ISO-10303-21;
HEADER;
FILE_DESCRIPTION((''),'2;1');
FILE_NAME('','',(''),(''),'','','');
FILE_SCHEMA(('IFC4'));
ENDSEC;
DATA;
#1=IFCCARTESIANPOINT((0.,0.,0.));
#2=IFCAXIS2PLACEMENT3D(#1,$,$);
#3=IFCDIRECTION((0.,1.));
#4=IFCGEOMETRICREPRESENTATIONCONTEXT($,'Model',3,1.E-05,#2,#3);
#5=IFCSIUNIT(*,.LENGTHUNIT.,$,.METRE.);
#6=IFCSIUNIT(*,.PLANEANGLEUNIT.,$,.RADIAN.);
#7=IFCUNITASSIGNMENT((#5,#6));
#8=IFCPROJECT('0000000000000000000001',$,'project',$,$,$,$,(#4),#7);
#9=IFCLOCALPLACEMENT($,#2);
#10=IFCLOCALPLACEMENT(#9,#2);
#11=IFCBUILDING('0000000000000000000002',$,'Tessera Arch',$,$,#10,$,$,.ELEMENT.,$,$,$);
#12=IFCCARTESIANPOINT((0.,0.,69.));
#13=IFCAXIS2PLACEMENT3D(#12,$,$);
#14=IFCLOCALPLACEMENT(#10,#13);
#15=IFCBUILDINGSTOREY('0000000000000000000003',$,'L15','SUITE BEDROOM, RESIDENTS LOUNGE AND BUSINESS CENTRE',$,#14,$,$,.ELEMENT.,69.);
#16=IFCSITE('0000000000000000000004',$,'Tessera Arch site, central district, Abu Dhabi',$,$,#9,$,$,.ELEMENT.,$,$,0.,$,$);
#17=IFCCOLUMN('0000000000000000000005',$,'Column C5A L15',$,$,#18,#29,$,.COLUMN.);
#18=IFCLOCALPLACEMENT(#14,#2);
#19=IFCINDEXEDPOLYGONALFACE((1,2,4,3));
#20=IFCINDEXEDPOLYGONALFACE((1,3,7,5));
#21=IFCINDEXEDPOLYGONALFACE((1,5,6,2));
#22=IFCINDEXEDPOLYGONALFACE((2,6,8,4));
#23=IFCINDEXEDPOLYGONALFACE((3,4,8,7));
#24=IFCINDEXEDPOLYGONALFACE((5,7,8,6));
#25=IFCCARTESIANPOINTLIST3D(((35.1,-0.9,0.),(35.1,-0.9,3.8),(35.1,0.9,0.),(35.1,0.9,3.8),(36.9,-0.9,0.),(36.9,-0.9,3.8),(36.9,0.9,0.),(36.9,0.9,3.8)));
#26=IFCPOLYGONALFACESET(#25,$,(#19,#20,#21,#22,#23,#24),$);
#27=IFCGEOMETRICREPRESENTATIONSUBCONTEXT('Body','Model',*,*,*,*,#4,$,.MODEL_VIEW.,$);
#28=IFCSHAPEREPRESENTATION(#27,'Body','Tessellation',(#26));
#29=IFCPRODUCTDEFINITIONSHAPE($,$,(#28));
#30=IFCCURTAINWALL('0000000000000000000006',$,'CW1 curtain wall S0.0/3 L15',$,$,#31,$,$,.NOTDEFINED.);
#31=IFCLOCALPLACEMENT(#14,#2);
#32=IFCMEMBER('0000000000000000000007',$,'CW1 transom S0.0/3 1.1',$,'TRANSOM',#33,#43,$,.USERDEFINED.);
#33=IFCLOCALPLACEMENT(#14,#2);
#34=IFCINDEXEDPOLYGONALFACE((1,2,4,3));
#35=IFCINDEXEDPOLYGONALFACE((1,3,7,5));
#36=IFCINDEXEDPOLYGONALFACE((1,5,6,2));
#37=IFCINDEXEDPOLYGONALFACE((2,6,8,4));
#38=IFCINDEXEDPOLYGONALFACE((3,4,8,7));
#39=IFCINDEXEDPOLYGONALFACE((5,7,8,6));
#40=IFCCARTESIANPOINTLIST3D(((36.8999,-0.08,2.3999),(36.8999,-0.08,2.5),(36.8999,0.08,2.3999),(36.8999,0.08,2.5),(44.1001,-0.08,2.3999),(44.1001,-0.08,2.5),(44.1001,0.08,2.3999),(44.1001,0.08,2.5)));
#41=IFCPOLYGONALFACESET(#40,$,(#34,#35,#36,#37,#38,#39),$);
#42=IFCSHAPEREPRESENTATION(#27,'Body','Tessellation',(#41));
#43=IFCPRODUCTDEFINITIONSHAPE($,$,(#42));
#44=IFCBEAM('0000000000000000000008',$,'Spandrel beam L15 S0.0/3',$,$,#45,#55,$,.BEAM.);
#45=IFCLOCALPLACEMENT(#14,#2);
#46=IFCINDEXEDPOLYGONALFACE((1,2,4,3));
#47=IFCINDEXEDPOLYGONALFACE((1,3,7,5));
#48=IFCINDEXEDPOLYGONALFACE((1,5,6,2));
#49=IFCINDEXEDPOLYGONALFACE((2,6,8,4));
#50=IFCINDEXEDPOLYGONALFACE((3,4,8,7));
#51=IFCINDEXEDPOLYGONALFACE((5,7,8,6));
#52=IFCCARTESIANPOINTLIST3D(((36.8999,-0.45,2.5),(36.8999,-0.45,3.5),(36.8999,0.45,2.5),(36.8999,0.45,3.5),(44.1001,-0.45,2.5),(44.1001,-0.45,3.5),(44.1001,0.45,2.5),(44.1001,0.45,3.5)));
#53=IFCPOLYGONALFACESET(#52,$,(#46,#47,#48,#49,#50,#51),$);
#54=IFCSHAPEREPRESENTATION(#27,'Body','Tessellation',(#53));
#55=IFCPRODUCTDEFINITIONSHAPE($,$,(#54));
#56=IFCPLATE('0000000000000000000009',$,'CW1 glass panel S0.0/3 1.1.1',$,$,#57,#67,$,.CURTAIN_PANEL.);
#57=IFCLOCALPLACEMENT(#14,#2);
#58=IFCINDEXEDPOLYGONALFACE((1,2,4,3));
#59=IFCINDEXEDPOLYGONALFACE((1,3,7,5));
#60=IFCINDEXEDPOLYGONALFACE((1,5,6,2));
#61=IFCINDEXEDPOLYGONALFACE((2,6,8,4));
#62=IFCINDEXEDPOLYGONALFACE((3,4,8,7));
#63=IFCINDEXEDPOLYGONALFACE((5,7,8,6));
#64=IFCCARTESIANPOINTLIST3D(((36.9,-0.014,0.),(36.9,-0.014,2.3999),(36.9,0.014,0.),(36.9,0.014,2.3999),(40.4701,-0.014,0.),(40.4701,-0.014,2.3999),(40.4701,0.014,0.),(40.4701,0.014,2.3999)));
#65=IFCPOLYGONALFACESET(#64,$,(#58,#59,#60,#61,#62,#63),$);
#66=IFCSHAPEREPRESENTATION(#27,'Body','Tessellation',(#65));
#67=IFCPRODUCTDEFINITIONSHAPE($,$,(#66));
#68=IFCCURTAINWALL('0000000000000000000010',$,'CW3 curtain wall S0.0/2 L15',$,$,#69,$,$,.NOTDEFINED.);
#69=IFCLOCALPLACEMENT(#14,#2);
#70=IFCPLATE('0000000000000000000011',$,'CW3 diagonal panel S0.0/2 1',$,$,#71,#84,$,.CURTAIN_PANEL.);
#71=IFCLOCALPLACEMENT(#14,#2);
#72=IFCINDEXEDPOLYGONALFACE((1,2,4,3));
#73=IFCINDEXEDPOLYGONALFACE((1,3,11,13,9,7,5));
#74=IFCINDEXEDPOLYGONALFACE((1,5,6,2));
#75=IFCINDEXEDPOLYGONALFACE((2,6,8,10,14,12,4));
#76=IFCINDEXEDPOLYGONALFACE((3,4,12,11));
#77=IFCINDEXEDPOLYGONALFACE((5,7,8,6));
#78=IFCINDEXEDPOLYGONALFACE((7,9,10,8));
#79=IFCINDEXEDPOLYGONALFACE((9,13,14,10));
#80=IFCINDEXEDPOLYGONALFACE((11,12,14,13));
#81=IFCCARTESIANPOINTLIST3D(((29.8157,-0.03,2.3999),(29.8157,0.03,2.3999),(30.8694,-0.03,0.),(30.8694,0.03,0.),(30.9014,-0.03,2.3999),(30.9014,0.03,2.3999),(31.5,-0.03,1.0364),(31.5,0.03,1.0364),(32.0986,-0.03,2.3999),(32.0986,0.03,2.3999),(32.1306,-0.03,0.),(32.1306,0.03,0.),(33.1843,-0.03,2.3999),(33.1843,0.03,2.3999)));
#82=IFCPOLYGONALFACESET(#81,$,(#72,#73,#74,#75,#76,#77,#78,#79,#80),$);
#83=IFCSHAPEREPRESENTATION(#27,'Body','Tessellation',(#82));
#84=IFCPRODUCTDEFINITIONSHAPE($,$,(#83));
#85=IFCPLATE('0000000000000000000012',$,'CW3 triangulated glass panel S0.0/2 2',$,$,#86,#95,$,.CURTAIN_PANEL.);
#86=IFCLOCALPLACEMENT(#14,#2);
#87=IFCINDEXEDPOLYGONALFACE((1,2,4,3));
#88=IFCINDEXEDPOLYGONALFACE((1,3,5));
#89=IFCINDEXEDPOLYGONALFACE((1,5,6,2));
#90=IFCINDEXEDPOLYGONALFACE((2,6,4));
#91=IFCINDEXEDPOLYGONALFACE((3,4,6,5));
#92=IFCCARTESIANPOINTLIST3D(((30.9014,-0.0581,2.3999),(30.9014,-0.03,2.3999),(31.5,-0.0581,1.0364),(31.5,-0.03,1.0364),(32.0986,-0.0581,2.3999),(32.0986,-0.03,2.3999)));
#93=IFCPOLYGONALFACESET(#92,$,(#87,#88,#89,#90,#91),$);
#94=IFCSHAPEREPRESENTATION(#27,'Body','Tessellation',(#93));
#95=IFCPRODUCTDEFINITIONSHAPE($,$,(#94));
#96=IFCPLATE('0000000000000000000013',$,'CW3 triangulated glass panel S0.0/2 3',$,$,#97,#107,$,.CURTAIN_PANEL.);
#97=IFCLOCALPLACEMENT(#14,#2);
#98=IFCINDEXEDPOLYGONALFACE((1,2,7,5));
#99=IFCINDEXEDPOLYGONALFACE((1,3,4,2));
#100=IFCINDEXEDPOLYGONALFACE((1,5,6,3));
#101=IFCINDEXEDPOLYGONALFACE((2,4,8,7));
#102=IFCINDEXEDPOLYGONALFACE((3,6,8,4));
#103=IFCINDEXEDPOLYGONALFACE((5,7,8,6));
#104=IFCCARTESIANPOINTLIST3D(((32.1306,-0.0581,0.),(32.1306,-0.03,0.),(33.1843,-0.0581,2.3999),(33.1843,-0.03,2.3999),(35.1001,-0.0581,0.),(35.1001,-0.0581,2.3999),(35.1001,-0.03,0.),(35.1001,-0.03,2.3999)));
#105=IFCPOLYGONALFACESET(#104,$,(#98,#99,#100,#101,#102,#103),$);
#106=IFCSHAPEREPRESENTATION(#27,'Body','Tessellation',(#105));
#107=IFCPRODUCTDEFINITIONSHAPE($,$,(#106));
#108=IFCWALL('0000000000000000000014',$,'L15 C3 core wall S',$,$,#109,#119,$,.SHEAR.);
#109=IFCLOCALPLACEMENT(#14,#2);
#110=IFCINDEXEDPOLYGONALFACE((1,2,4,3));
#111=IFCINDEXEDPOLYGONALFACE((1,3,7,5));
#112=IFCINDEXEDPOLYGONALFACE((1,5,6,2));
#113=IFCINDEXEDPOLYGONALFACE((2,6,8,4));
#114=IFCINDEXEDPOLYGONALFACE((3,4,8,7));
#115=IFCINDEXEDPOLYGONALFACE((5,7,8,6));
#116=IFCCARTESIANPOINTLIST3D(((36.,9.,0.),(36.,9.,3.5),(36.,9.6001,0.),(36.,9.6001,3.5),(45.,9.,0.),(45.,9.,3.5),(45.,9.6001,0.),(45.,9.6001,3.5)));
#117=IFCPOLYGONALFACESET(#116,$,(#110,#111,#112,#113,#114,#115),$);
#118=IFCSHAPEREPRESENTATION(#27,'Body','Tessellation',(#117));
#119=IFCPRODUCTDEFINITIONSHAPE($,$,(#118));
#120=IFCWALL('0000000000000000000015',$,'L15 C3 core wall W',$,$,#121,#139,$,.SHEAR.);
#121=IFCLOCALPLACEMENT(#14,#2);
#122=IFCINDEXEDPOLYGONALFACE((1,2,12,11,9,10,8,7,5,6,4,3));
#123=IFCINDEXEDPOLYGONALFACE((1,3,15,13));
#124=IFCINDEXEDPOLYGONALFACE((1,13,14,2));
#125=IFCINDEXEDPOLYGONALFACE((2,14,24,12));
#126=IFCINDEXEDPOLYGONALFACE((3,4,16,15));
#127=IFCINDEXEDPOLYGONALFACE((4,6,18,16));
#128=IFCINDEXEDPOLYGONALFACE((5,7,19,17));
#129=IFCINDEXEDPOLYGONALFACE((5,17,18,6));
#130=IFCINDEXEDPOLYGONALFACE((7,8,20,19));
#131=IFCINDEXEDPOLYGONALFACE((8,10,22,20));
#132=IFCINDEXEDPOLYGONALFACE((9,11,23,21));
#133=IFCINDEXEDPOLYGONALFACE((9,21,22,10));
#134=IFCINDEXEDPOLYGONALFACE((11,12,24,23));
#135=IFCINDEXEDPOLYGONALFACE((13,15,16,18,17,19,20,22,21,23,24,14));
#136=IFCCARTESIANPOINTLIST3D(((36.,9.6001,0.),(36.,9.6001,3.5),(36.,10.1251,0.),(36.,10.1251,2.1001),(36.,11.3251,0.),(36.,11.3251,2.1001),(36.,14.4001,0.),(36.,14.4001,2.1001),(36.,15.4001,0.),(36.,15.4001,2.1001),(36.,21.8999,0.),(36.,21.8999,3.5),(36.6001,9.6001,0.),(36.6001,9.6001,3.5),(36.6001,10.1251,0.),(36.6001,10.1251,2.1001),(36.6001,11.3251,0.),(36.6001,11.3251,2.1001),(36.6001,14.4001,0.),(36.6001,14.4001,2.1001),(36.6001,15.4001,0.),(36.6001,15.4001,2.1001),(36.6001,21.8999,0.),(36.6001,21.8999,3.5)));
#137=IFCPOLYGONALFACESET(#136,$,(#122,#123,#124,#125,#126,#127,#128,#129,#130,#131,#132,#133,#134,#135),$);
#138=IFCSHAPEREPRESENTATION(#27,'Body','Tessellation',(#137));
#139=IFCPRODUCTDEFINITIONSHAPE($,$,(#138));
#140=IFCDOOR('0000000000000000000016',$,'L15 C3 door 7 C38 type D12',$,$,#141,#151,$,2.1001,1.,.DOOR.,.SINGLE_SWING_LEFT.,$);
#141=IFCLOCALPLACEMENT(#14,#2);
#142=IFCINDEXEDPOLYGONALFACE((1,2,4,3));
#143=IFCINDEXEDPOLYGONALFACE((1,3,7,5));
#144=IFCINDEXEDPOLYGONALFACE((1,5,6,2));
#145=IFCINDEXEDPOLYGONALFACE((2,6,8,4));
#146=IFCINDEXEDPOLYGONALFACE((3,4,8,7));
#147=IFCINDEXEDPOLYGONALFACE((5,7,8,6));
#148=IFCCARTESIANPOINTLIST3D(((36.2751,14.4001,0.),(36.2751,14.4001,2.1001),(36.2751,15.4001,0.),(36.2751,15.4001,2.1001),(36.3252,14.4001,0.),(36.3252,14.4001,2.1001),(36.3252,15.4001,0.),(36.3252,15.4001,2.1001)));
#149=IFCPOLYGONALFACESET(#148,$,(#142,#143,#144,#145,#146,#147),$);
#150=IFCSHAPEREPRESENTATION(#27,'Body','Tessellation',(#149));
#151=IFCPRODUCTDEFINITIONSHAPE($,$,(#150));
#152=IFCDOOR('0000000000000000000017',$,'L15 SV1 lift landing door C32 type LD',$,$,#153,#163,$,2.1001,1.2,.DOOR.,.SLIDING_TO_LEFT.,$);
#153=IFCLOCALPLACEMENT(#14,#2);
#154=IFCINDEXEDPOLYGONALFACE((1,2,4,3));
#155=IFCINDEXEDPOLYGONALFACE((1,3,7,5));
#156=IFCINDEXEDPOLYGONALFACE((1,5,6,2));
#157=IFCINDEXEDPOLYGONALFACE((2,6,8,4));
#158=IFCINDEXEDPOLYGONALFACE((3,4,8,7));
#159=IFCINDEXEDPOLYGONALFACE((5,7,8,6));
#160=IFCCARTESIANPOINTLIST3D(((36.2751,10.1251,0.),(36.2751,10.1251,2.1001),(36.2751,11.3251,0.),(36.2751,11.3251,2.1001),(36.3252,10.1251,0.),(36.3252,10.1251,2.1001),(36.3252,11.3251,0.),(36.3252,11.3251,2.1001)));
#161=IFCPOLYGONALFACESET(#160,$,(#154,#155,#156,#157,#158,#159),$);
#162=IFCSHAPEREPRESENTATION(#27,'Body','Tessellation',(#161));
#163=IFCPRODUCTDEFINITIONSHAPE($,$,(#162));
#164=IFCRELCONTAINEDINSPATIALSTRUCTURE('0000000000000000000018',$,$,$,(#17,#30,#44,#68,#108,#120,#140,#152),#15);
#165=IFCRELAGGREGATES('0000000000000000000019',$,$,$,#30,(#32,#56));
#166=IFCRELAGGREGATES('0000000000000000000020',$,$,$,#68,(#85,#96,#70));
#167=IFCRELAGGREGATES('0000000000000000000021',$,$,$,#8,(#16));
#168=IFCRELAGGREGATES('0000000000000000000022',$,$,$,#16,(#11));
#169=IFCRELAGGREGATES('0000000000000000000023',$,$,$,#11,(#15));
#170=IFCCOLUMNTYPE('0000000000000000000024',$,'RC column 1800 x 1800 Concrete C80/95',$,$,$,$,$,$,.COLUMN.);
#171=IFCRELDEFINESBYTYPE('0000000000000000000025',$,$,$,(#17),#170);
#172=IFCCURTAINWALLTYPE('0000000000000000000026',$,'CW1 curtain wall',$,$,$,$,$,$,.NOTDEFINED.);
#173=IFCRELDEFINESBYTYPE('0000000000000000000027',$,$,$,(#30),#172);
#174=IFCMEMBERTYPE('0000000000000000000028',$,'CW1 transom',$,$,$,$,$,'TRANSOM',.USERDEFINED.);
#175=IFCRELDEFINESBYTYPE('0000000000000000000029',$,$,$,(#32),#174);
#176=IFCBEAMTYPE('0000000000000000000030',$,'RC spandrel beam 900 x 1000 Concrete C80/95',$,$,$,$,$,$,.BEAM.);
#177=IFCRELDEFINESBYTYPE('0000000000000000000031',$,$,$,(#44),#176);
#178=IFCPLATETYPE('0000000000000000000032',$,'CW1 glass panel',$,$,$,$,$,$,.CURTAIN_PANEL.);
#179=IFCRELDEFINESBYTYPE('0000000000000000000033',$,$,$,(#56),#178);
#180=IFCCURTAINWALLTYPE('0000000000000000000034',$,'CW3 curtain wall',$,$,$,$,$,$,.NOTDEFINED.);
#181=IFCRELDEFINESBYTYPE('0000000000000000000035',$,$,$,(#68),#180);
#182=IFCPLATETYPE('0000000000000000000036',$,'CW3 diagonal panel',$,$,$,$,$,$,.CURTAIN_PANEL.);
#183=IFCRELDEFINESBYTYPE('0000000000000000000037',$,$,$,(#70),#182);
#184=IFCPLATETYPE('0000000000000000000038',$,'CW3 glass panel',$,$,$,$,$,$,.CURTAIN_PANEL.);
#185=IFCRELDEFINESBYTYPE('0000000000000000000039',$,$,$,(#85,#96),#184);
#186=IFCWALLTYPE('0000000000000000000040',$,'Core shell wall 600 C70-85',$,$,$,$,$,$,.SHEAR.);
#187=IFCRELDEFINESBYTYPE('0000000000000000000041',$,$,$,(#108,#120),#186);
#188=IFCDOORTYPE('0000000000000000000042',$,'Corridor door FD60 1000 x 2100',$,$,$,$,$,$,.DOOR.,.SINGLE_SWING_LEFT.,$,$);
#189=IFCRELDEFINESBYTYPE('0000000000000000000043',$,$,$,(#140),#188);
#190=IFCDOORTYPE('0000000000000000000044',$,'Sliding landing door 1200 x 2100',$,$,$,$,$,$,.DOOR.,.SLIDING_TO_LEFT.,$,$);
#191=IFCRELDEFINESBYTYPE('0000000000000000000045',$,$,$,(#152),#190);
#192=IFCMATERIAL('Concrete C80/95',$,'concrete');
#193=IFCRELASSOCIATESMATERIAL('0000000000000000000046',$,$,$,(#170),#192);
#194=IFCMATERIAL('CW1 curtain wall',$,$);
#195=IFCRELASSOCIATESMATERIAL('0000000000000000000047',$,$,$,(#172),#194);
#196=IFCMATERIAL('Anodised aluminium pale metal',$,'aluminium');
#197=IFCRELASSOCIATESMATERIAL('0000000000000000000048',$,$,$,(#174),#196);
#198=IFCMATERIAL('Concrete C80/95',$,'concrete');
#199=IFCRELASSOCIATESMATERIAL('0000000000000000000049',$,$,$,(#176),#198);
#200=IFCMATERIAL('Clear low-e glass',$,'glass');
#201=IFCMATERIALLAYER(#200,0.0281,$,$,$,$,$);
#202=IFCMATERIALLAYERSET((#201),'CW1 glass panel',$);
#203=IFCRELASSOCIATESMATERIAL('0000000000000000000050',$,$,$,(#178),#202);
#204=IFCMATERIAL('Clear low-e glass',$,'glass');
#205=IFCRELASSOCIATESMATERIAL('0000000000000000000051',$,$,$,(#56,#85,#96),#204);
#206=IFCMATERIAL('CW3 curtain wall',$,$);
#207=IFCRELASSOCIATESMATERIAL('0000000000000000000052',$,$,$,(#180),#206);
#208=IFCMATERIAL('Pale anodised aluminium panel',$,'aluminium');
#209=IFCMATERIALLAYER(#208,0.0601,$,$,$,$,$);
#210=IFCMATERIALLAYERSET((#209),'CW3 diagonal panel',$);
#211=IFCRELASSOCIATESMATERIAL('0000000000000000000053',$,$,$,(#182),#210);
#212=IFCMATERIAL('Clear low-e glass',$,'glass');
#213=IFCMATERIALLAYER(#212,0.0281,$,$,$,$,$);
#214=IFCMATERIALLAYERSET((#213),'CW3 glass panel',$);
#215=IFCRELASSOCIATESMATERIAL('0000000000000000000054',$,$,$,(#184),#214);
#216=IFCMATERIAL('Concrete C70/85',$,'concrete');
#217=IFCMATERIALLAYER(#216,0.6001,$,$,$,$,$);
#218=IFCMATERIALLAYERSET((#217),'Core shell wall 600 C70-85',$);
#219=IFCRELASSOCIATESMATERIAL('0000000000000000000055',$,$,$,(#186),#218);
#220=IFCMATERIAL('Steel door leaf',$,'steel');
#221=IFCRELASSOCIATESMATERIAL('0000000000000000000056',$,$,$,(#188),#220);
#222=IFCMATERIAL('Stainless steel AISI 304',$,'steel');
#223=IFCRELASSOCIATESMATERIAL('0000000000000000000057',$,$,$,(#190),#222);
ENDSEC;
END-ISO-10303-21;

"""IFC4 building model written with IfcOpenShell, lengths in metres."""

from ifc_helpers import new_model, si_unit, direction, frame, frame_2d, origin, origin_2d, place, context, subcontext, project, spatial, polyline, rectangle, outline, extrude, material, layer, layer_set, material_profile, profile_set, type_object, element, fill, aggregate, save


model = new_model("IFC4")

# Units and contexts
model_context = context("Model", 3, precision=1e-05, world=origin(), true_north=direction((0.0, 1.0)))
body_context = subcontext(model_context, "Body", "Model", "MODEL_VIEW")
ifc_project = project(units=[si_unit("LENGTHUNIT", "METRE"), si_unit("PLANEANGLEUNIT", "RADIAN")], contexts=[model_context])

# Site, building, storey
site_placement = place(None, origin())
site = spatial("IfcSite", under=ifc_project, at=site_placement, Name="Tessera Arch site, central district, Abu Dhabi", CompositionType="ELEMENT", RefElevation=0.0)
building_placement = place(site_placement, origin())
building = spatial("IfcBuilding", under=site, at=building_placement, Name="Tessera Arch", CompositionType="ELEMENT")
storey_placement = place(building_placement, frame((0.0, 0.0, 69.0)))
storey = spatial("IfcBuildingStorey", under=building, at=storey_placement, Name="L15", Description="SUITE BEDROOM, RESIDENTS LOUNGE AND BUSINESS CENTRE", CompositionType="ELEMENT", Elevation=69.0)

# Column
ifc_material_1 = material(Name="Concrete C80/95", Category="concrete")
ifc_material_profile_1 = material_profile(ifc_material_1, rectangle(XDim=1.8, YDim=1.8, at=origin_2d()), Name="RC column 1800 x 1800 Concrete C80/95")
ifc_profile_set_1 = profile_set([ifc_material_profile_1], Name="Concrete C80/95")
column_type = type_object("IfcColumnType", Name="RC column 1800 x 1800 Concrete C80/95", PredefinedType="COLUMN", material=ifc_profile_set_1)
column_placement = place(storey_placement, frame((36.0, 0.0, 0.0), z_axis=(0.0, 0.0, 1.0), x_axis=(1.0, 0.0, 0.0)))
element("IfcColumn", 1, at=column_placement, inside=storey, type_object=column_type, Name="Column C5A L15", PredefinedType="COLUMN", context=body_context, shape_type="SweptSolid", body=[
    extrude(rectangle(XDim=1.8, YDim=1.8, at=origin_2d()), origin(), (0.0, 0.0, 1.0), 3.8),
])

# Curtain wall, member
ifc_material_2 = material(Name="CW1 curtain wall")
curtain_wall_type_1 = type_object("IfcCurtainWallType", Name="CW1 curtain wall", PredefinedType="NOTDEFINED", material=ifc_material_2)
curtain_wall_1_placement = place(storey_placement, origin())
curtain_wall_1 = element("IfcCurtainWall", 2, at=curtain_wall_1_placement, inside=storey, type_object=curtain_wall_type_1, Name="CW1 curtain wall S0.0/3 L15", PredefinedType="NOTDEFINED")
ifc_material_3 = material(Name="Anodised aluminium pale metal", Category="aluminium")
ifc_material_profile_2 = material_profile(ifc_material_3, rectangle(XDim=0.1599, YDim=0.1001, at=origin_2d()), Name="AL 160x100")
ifc_profile_set_2 = profile_set([ifc_material_profile_2], Name="Anodised aluminium pale metal")
member_type = type_object("IfcMemberType", Name="CW1 transom", ElementType="TRANSOM", PredefinedType="USERDEFINED", material=ifc_profile_set_2)
member_placement = place(storey_placement, frame((36.8999, 0.0, 2.45), z_axis=(1.0, 0.0, 0.0), x_axis=(0.0, 1.0, 0.0)))
member = element("IfcMember", 3, at=member_placement, type_object=member_type, Name="CW1 transom S0.0/3 1.1", ObjectType="TRANSOM", PredefinedType="USERDEFINED", context=body_context, shape_type="SweptSolid", body=[
    extrude(rectangle(XDim=0.1599, YDim=0.1001, at=origin_2d()), origin(), (0.0, 0.0, 1.0), 7.2002),
])

# Beam
ifc_material_4 = material(Name="Concrete C80/95", Category="concrete")
ifc_material_profile_3 = material_profile(ifc_material_4, rectangle(XDim=0.8999, YDim=1.0, at=origin_2d()), Name="RC spandrel beam 900 x 1000 Concrete C80/95")
ifc_profile_set_3 = profile_set([ifc_material_profile_3], Name="Concrete C80/95")
beam_type = type_object("IfcBeamType", Name="RC spandrel beam 900 x 1000 Concrete C80/95", PredefinedType="BEAM", material=ifc_profile_set_3)
beam_placement = place(storey_placement, frame((36.8999, 0.0, 3.0), z_axis=(1.0, 0.0, 0.0), x_axis=(0.0, 1.0, 0.0)))
element("IfcBeam", 4, at=beam_placement, inside=storey, type_object=beam_type, Name="Spandrel beam L15 S0.0/3", PredefinedType="BEAM", context=body_context, shape_type="SweptSolid", body=[
    extrude(rectangle(XDim=0.8999, YDim=1.0, at=origin_2d()), origin(), (0.0, 0.0, 1.0), 7.2002),
])

# Plate
ifc_material_5 = material(Name="Clear low-e glass", Category="glass")
ifc_material_6 = material(Name="Clear low-e glass", Category="glass")
ifc_layer_1 = layer(ifc_material_6, 0.0281)
ifc_layer_set_1 = layer_set([ifc_layer_1], Name="CW1 glass panel")
plate_type_1 = type_object("IfcPlateType", Name="CW1 glass panel", PredefinedType="CURTAIN_PANEL", material=ifc_layer_set_1)
plate_1_placement = place(storey_placement, frame((38.6851, 0.0, 0.0), z_axis=(0.0, 0.0, 1.0), x_axis=(1.0, 0.0, 0.0)))
plate_1 = element("IfcPlate", 5, at=plate_1_placement, type_object=plate_type_1, material=ifc_material_5, Name="CW1 glass panel S0.0/3 1.1.1", PredefinedType="CURTAIN_PANEL", context=body_context, shape_type="SweptSolid", body=[
    extrude(rectangle(XDim=3.5701, YDim=0.0281, at=origin_2d()), origin(), (0.0, 0.0, 1.0), 2.3999),
])
aggregate(curtain_wall_1, [member, plate_1])

# Curtain wall, plates
ifc_material_7 = material(Name="CW3 curtain wall")
curtain_wall_type_2 = type_object("IfcCurtainWallType", Name="CW3 curtain wall", PredefinedType="NOTDEFINED", material=ifc_material_7)
curtain_wall_2_placement = place(storey_placement, origin())
curtain_wall_2 = element("IfcCurtainWall", 6, at=curtain_wall_2_placement, inside=storey, type_object=curtain_wall_type_2, Name="CW3 curtain wall S0.0/2 L15", PredefinedType="NOTDEFINED")
ifc_material_8 = material(Name="Pale anodised aluminium panel", Category="aluminium")
ifc_layer_2 = layer(ifc_material_8, 0.0601)
ifc_layer_set_2 = layer_set([ifc_layer_2], Name="CW3 diagonal panel")
plate_type_2 = type_object("IfcPlateType", Name="CW3 diagonal panel", PredefinedType="CURTAIN_PANEL", material=ifc_layer_set_2)
plate_2_placement = place(storey_placement, frame((33.1843, -0.03, 2.3999), z_axis=(0.0, -1.0, 0.0), x_axis=(-1.0, 0.0, 0.0)))
plate_2 = element("IfcPlate", 7, at=plate_2_placement, type_object=plate_type_2, Name="CW3 diagonal panel S0.0/2 1", PredefinedType="CURTAIN_PANEL", context=body_context, shape_type="SweptSolid", body=[
    extrude(outline(polyline([(0.0, 0.0), (1.0857, 0.0), (1.6843, 1.3635), (2.283, 0.0), (3.3687, 0.0), (2.3149, 2.3999), (1.0537, 2.3999), (0.0, 0.0)])), origin(), (0.0, 0.0, -1.0), 0.0601),
])
ifc_material_9 = material(Name="Clear low-e glass", Category="glass")
ifc_layer_3 = layer(ifc_material_9, 0.0281)
ifc_layer_set_3 = layer_set([ifc_layer_3], Name="CW3 glass panel")
plate_type_3 = type_object("IfcPlateType", Name="CW3 glass panel", PredefinedType="CURTAIN_PANEL", material=ifc_layer_set_3)
plate_3_placement = place(storey_placement, frame((32.0986, -0.0581, 2.3999), z_axis=(0.0, -1.0, 0.0), x_axis=(-1.0, 0.0, 0.0)))
plate_3 = element("IfcPlate", 8, at=plate_3_placement, type_object=plate_type_3, material=ifc_material_5, Name="CW3 triangulated glass panel S0.0/2 2", PredefinedType="CURTAIN_PANEL", context=body_context, shape_type="SweptSolid", body=[
    extrude(outline(polyline([(0.0, 0.0), (1.1973, 0.0), (0.5986, 1.3635), (0.0, 0.0)])), origin(), (0.0, 0.0, -1.0), 0.0281),
])
plate_4_placement = place(storey_placement, frame((35.1001, -0.0581, 2.3999), z_axis=(0.0, -1.0, 0.0), x_axis=(-1.0, 0.0, 0.0)))
plate_4 = element("IfcPlate", 9, at=plate_4_placement, type_object=plate_type_3, material=ifc_material_5, Name="CW3 triangulated glass panel S0.0/2 3", PredefinedType="CURTAIN_PANEL", context=body_context, shape_type="SweptSolid", body=[
    extrude(outline(polyline([(0.0, 0.0), (1.9158, 0.0), (2.9695, 2.3999), (0.0, 2.3999), (0.0, 0.0)])), origin(), (0.0, 0.0, -1.0), 0.0281),
])
aggregate(curtain_wall_2, [plate_3, plate_4, plate_2])

# Wall
ifc_material_10 = material(Name="Concrete C70/85", Category="concrete")
ifc_layer_4 = layer(ifc_material_10, 0.6001)
ifc_layer_set_4 = layer_set([ifc_layer_4], Name="Core shell wall 600 C70-85")
wall_type_1 = type_object("IfcWallType", Name="Core shell wall 600 C70-85", PredefinedType="SHEAR", material=ifc_layer_set_4)
wall_1_placement = place(storey_placement, frame((36.0, 9.3, 0.0), z_axis=(0.0, 0.0, 1.0), x_axis=(1.0, 0.0, 0.0)))
element("IfcWall", 10, at=wall_1_placement, inside=storey, type_object=wall_type_1, Name="L15 C3 core wall S", PredefinedType="SHEAR", context=body_context, shape_type="SweptSolid", body=[
    extrude(rectangle(XDim=9.0, YDim=0.6001, at=frame_2d((4.5, 0.0))), origin(), (0.0, 0.0, 1.0), 3.5),
])

# Wall, openings, doors
wall_2_placement = place(storey_placement, frame((36.3, 9.6001, 0.0), z_axis=(0.0, 0.0, 1.0), x_axis=(0.0, 1.0, 0.0)))
wall_2 = element("IfcWall", 11, at=wall_2_placement, inside=storey, type_object=wall_type_1, Name="L15 C3 core wall W", PredefinedType="SHEAR", context=body_context, shape_type="SweptSolid", body=[
    extrude(rectangle(XDim=12.2998, YDim=0.6001, at=frame_2d((6.1499, 0.0))), origin(), (0.0, 0.0, 1.0), 3.5),
])
opening_1_placement = place(wall_2_placement, frame((0.5249, 0.0, 0.0)))
opening_1 = element("IfcOpeningElement", 12, at=opening_1_placement, cuts=wall_2, PredefinedType="OPENING", context=body_context, shape_type="SweptSolid", body=[
    extrude(rectangle(XDim=1.2, YDim=2.1001, at=frame_2d((0.6001, 1.05))), frame((0.0, 0.3101, 0.0), z_axis=(0.0, -1.0, 0.0), x_axis=(1.0, 0.0, 0.0)), (0.0, 0.0, 1.0), 0.6201),
])
opening_2_placement = place(wall_2_placement, frame((4.8, 0.0, 0.0)))
opening_2 = element("IfcOpeningElement", 13, at=opening_2_placement, cuts=wall_2, PredefinedType="OPENING", context=body_context, shape_type="SweptSolid", body=[
    extrude(rectangle(XDim=1.0, YDim=2.1001, at=frame_2d((0.5, 1.05))), frame((0.0, 0.3101, 0.0), z_axis=(0.0, -1.0, 0.0), x_axis=(1.0, 0.0, 0.0)), (0.0, 0.0, 1.0), 0.6201),
])
ifc_material_11 = material(Name="Steel door leaf", Category="steel")
door_type_1 = type_object("IfcDoorType", Name="Corridor door FD60 1000 x 2100", OperationType="SINGLE_SWING_LEFT", PredefinedType="DOOR", material=ifc_material_11)
door_1_placement = place(opening_2_placement, origin())
door_1 = element("IfcDoor", 14, at=door_1_placement, inside=storey, type_object=door_type_1, Name="L15 C3 door 7 C38 type D12", OperationType="SINGLE_SWING_LEFT", OverallHeight=2.1001, OverallWidth=1.0, PredefinedType="DOOR", context=body_context, shape_type="SweptSolid", body=[
    extrude(rectangle(XDim=1.0, YDim=2.1001, at=frame_2d((0.5, 1.05))), frame((0.0, 0.0249, 0.0), z_axis=(0.0, -1.0, 0.0), x_axis=(1.0, 0.0, 0.0)), (0.0, 0.0, 1.0), 0.05),
])
fill(opening_2, door_1)
ifc_material_12 = material(Name="Stainless steel AISI 304", Category="steel")
door_type_2 = type_object("IfcDoorType", Name="Sliding landing door 1200 x 2100", OperationType="SLIDING_TO_LEFT", PredefinedType="DOOR", material=ifc_material_12)
door_2_placement = place(opening_1_placement, origin())
door_2 = element("IfcDoor", 15, at=door_2_placement, inside=storey, type_object=door_type_2, Name="L15 SV1 lift landing door C32 type LD", OperationType="SLIDING_TO_LEFT", OverallHeight=2.1001, OverallWidth=1.2, PredefinedType="DOOR", context=body_context, shape_type="SweptSolid", body=[
    extrude(rectangle(XDim=1.2, YDim=2.1001, at=frame_2d((0.6001, 1.05))), frame((0.0, 0.0249, 0.0), z_axis=(0.0, -1.0, 0.0), x_axis=(1.0, 0.0, 0.0)), (0.0, 0.0, 1.0), 0.05),
])
fill(opening_1, door_2)

save(model, "model.ifc")
